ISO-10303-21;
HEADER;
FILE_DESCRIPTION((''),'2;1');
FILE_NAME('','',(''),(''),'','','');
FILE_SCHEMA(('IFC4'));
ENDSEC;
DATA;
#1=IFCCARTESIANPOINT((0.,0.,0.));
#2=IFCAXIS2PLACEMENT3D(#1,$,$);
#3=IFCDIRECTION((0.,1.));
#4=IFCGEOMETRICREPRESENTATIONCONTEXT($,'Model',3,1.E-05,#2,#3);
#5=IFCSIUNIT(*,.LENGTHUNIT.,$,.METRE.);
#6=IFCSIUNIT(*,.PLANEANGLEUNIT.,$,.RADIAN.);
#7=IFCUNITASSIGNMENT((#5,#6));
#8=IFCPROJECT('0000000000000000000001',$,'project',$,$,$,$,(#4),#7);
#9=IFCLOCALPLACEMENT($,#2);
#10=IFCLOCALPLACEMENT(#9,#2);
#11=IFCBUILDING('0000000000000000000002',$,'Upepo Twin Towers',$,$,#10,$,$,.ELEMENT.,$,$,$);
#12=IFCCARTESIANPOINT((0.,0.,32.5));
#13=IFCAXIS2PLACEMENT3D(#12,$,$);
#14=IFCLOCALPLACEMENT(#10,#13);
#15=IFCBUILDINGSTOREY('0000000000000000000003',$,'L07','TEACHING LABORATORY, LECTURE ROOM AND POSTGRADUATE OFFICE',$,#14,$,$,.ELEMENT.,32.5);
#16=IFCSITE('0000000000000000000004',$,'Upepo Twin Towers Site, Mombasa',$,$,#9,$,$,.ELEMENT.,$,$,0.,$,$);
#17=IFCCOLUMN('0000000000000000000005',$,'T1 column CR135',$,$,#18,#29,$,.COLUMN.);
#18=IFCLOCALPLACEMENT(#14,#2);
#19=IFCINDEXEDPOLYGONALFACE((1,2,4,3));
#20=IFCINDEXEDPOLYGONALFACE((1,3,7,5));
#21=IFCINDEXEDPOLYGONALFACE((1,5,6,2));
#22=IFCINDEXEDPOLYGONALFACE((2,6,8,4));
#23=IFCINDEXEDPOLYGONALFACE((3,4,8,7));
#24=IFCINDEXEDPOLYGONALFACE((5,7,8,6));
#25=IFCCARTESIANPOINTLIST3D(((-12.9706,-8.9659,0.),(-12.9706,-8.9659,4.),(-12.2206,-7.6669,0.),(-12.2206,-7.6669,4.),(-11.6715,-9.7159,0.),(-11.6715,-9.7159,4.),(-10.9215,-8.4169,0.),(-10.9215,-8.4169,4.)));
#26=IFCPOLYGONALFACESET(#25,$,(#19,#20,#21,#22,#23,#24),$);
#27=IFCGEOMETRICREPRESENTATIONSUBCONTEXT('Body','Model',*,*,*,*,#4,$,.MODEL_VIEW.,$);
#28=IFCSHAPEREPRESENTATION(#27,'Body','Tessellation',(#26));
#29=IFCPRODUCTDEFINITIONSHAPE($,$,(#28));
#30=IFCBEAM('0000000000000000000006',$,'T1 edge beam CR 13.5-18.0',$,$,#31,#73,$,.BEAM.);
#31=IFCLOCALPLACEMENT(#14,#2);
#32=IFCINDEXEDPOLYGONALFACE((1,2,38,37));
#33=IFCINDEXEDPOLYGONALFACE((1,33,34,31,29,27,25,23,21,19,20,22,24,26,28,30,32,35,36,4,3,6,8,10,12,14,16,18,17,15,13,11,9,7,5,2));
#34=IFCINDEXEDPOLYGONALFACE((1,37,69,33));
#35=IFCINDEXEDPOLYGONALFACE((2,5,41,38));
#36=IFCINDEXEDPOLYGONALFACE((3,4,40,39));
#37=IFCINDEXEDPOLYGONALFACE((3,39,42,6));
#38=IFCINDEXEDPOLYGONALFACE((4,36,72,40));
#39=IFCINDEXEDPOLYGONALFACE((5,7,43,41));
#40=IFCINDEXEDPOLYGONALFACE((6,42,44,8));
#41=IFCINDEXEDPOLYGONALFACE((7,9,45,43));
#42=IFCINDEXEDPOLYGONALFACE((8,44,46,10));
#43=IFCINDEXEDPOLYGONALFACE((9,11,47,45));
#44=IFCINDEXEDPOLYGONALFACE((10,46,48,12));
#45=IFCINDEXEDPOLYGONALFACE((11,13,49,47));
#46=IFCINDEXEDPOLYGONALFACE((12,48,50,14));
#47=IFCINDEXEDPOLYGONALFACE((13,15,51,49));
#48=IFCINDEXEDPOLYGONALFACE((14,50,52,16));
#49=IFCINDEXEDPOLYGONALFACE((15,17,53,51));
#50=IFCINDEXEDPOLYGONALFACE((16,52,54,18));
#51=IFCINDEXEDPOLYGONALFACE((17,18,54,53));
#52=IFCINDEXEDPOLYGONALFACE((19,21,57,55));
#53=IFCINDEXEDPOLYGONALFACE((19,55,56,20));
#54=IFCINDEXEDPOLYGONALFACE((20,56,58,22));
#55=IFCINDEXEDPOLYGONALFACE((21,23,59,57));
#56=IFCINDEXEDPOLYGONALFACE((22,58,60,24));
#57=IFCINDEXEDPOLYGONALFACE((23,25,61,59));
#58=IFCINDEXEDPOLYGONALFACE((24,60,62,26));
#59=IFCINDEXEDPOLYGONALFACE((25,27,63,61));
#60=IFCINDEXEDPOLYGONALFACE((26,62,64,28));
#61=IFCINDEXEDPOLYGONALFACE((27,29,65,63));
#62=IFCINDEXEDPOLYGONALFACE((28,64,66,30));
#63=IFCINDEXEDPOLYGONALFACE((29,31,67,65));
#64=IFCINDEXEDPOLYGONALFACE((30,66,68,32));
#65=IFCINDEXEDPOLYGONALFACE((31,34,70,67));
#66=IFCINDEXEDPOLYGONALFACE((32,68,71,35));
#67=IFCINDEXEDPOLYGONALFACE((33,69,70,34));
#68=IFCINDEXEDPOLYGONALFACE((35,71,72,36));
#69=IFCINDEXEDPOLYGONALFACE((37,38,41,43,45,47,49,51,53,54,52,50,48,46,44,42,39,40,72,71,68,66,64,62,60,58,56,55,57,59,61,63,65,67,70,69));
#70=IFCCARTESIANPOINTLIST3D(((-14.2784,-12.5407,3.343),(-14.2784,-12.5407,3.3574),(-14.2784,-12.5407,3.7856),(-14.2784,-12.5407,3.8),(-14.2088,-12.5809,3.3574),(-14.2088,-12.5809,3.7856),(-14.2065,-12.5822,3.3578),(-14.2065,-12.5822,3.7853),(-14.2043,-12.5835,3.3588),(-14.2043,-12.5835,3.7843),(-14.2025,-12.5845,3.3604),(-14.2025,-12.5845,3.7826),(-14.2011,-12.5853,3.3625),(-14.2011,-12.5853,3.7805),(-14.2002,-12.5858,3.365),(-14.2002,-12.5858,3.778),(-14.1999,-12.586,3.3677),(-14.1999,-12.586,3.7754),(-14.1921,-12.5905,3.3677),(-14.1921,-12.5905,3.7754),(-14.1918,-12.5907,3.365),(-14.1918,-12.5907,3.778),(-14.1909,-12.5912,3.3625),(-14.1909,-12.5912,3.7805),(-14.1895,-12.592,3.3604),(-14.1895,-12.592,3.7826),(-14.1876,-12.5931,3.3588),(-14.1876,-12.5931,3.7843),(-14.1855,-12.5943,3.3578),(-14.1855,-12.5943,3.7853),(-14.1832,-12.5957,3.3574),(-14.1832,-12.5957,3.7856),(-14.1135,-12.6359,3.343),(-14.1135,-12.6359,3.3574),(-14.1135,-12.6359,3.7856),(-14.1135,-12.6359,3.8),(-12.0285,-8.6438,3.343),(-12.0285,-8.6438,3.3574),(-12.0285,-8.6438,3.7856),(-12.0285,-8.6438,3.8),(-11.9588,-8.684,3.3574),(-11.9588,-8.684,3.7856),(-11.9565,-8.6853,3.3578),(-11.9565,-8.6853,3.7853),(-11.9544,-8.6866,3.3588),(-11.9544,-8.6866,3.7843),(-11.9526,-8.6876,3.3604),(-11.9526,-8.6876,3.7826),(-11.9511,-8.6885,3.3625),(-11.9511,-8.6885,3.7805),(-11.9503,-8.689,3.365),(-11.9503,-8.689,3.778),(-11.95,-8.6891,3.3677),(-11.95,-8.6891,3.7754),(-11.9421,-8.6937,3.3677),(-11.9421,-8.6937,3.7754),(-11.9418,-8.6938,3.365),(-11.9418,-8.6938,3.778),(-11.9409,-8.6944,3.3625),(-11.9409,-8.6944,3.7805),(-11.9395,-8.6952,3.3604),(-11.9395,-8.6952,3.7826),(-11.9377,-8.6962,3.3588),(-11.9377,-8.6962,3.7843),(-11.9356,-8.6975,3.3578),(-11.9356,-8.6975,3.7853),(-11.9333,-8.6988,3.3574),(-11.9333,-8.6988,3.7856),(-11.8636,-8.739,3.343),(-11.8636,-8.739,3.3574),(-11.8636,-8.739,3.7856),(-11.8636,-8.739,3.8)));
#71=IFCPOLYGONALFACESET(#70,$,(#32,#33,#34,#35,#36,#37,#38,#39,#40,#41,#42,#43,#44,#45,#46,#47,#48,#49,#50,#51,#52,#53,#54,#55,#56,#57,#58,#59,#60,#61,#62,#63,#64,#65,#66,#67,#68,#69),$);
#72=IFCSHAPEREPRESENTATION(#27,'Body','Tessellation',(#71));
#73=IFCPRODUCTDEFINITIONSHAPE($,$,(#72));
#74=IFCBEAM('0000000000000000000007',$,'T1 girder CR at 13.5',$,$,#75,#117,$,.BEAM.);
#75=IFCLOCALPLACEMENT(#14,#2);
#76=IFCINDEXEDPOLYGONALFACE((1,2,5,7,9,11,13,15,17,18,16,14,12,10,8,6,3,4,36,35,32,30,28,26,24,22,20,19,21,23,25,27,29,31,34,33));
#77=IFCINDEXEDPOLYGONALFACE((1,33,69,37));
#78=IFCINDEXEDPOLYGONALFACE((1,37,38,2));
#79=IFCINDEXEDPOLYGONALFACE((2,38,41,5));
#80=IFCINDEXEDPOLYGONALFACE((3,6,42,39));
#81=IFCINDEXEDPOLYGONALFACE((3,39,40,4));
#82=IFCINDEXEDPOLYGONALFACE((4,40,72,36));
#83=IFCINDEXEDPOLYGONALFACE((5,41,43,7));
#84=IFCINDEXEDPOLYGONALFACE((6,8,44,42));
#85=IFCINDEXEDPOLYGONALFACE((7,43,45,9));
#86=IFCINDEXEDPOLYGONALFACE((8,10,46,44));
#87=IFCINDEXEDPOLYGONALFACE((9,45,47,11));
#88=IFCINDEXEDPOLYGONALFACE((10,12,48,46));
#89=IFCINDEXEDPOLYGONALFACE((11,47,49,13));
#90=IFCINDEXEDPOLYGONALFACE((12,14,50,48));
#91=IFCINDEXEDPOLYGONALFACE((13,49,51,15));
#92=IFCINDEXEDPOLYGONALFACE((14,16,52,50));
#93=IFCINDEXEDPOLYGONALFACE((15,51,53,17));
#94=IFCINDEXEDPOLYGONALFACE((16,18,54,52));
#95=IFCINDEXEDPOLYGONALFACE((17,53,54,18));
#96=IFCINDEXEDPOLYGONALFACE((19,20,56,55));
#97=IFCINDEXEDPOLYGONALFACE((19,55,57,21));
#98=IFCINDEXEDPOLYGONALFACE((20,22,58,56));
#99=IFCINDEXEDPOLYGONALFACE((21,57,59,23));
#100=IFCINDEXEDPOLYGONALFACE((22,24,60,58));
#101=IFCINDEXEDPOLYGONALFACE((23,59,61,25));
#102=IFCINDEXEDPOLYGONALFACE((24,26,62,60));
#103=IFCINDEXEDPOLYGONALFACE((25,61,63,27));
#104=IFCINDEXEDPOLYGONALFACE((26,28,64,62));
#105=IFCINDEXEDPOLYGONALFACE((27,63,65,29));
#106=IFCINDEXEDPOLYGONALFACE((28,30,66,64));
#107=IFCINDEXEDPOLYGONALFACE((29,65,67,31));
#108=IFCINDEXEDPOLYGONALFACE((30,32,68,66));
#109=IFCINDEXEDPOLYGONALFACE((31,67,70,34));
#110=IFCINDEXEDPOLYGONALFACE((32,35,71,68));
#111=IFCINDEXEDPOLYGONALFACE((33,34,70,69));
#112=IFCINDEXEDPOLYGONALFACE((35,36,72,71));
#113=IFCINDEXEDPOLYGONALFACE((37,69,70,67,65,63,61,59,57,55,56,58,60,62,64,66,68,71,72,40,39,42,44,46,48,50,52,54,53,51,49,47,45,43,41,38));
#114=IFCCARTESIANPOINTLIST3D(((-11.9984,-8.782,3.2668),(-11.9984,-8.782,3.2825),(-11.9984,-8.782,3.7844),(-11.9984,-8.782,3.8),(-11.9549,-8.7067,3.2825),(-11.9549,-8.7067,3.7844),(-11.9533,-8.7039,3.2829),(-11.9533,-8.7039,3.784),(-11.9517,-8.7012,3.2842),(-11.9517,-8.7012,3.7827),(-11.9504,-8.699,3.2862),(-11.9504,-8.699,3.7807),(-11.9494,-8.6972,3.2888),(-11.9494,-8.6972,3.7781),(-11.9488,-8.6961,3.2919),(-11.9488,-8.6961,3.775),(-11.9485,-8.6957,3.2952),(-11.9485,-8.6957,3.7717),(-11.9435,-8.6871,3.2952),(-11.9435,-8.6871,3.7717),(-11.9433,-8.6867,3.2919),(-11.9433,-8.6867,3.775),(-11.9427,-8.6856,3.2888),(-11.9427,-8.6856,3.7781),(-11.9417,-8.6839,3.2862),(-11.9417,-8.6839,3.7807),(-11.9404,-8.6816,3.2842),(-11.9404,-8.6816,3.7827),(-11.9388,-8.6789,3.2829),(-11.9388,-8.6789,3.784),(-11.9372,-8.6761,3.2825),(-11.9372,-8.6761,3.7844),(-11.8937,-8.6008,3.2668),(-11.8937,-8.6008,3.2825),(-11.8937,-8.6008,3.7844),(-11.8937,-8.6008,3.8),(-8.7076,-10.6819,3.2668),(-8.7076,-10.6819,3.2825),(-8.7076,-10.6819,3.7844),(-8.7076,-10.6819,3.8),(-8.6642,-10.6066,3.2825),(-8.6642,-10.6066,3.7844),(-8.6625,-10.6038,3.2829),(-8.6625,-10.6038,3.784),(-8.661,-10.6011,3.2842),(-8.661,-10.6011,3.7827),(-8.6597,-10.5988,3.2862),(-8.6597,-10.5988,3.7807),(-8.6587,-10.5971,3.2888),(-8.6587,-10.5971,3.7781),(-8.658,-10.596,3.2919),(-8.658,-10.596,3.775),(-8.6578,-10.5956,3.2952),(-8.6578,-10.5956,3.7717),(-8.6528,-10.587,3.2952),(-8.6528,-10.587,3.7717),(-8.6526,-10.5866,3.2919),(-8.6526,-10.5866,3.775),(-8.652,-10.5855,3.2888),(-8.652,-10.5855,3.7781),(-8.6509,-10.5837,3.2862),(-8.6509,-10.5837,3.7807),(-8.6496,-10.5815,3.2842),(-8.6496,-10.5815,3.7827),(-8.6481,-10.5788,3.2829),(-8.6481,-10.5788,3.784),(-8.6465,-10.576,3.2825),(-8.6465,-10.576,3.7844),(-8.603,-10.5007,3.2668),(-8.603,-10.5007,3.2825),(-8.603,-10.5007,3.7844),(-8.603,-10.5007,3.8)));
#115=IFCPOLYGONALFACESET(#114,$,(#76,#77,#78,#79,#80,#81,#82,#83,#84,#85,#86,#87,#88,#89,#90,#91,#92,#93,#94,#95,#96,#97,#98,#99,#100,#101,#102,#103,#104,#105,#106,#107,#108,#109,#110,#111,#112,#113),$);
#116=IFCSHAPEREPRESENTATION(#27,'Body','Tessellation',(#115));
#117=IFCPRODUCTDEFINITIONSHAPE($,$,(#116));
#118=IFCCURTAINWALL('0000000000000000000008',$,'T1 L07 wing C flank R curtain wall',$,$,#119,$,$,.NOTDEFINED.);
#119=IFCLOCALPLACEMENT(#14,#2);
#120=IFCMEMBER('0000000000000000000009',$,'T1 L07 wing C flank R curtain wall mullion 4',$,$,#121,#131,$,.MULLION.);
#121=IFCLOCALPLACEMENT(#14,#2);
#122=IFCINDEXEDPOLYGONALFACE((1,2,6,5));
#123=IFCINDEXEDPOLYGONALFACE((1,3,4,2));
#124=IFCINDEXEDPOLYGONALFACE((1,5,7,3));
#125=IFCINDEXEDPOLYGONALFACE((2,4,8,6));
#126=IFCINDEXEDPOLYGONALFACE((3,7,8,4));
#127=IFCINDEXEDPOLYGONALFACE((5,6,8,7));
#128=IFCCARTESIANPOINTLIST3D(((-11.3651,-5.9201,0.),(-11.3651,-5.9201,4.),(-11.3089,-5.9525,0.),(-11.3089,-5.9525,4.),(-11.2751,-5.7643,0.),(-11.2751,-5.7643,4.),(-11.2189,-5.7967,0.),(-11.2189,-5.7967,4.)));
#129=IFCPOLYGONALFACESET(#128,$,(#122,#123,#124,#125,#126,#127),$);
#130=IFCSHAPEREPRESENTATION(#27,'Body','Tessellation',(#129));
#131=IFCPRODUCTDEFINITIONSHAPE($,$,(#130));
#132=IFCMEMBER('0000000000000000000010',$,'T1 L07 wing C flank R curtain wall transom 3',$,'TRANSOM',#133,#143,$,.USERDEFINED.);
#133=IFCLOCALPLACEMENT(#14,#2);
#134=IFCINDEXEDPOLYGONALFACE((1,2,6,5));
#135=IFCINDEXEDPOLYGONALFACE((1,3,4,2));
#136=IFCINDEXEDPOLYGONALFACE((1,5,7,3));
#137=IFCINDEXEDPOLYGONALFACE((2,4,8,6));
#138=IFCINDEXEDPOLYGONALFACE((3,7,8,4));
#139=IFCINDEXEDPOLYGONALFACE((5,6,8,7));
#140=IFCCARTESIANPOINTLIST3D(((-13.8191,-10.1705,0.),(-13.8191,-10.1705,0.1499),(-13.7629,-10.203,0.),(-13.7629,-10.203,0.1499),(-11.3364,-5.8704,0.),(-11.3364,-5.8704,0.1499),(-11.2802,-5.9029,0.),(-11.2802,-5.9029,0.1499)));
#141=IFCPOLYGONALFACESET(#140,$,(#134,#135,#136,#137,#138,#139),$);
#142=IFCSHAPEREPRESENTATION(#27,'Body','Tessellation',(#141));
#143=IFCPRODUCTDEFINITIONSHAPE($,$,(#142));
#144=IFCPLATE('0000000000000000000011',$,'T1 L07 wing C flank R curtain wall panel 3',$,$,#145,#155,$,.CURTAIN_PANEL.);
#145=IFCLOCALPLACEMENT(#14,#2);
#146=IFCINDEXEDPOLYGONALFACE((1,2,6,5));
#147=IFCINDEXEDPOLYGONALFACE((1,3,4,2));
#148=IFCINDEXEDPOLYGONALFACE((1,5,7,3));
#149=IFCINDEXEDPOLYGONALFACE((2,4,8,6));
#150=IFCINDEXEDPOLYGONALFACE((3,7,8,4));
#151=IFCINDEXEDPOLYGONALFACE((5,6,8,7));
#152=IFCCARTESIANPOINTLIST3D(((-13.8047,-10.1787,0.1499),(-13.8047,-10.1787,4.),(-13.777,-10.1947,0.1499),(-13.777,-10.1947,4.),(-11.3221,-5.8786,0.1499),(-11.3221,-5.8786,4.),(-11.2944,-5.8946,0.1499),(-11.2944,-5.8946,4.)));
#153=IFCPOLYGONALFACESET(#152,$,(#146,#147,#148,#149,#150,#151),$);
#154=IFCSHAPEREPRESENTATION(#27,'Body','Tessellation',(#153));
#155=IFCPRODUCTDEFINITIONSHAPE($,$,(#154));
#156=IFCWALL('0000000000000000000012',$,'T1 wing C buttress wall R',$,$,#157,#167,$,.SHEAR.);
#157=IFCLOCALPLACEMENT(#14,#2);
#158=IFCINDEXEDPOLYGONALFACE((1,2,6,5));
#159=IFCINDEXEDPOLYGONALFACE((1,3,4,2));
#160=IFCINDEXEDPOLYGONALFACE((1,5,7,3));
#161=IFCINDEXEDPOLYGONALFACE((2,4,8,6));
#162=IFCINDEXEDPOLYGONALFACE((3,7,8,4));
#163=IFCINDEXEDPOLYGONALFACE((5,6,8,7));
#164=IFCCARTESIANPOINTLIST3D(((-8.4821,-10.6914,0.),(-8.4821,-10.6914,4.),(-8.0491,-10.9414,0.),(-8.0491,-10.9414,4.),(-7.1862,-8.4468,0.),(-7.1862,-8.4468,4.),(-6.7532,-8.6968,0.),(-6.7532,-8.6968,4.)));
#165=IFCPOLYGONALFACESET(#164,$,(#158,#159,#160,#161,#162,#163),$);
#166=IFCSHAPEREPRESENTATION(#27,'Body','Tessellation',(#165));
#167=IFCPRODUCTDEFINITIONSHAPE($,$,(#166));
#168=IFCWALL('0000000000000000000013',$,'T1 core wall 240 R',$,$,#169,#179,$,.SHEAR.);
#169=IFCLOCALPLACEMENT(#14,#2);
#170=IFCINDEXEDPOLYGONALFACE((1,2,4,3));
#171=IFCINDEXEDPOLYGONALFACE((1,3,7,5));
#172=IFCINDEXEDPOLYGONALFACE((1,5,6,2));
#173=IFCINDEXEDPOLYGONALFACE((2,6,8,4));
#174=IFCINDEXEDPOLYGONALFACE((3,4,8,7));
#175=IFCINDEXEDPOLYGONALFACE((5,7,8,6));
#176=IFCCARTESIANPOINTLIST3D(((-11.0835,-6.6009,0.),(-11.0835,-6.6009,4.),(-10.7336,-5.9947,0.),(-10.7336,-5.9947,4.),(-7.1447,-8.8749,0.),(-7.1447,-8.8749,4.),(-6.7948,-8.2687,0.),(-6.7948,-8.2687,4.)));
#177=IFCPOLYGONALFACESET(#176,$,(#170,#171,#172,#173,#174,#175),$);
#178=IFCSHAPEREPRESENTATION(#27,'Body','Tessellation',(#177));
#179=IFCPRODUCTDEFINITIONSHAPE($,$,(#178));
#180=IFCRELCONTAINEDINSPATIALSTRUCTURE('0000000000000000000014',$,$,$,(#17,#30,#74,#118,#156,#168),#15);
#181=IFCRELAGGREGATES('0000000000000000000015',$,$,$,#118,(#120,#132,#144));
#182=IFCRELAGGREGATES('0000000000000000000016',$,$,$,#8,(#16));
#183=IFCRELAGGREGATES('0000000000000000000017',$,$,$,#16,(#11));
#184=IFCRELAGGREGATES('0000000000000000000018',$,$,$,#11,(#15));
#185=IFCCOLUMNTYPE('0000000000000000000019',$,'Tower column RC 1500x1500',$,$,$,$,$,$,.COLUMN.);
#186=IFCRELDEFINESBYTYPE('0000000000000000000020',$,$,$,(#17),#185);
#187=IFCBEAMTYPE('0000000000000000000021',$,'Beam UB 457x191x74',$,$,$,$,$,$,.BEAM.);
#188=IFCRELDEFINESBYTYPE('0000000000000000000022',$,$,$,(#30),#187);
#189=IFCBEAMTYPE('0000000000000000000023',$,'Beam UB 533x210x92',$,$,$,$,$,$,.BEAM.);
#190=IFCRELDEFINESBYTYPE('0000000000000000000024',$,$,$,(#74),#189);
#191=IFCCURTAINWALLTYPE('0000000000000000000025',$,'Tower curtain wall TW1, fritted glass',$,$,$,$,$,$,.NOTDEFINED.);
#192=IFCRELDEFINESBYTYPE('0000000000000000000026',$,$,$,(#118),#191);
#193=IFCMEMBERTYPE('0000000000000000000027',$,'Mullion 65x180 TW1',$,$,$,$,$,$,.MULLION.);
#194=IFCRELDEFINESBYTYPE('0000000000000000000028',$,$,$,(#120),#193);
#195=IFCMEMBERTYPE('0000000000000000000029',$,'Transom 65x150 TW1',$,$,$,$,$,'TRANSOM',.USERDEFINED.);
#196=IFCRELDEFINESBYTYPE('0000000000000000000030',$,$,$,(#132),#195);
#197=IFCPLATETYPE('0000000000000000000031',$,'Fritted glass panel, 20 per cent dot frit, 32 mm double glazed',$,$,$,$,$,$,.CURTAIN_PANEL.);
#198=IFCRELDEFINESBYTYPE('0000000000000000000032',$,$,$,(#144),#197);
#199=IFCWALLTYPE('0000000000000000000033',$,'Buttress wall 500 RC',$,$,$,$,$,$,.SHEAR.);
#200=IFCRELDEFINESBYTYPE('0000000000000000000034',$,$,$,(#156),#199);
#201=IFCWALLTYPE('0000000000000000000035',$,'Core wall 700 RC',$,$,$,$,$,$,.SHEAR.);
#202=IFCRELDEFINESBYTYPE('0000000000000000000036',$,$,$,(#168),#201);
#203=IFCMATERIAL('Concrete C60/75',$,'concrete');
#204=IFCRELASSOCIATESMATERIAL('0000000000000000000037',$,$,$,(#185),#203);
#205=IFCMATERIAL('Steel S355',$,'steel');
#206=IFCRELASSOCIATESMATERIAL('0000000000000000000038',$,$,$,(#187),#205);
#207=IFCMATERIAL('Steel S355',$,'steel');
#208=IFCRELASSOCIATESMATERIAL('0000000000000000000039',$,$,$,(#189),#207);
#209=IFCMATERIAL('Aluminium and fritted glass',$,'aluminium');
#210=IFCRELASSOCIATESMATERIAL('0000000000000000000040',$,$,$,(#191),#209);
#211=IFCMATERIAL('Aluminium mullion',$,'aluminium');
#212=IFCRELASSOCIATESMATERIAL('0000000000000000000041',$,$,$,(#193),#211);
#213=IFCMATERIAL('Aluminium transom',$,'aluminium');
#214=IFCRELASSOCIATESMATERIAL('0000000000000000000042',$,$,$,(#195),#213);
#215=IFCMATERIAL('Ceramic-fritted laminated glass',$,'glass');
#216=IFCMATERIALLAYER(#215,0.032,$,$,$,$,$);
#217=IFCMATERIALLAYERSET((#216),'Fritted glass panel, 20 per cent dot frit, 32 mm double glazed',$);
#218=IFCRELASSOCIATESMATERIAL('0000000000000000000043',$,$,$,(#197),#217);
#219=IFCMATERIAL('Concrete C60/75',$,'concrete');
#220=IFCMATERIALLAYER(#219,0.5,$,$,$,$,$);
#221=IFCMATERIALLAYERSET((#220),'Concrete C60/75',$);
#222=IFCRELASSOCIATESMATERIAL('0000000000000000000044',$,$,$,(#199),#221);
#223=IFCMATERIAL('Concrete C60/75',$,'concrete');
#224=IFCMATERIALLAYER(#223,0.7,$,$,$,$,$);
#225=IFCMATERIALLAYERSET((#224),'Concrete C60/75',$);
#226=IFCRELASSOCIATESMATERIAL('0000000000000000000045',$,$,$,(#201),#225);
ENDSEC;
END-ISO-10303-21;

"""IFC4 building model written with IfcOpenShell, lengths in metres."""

from ifc_helpers import new_model, si_unit, direction, frame, frame_2d, origin, origin_2d, place, context, subcontext, project, spatial, rectangle, i_section, extrude, material, layer, layer_set, material_profile, profile_set, type_object, element, aggregate, save


model = new_model("IFC4")

# Units and contexts
model_context = context("Model", 3, precision=1e-05, world=origin(), true_north=direction((0.0, 1.0)))
body_context = subcontext(model_context, "Body", "Model", "MODEL_VIEW")
ifc_project = project(units=[si_unit("LENGTHUNIT", "METRE"), si_unit("PLANEANGLEUNIT", "RADIAN")], contexts=[model_context])

# Site, building, storey
site_placement = place(None, origin())
site = spatial("IfcSite", under=ifc_project, at=site_placement, Name="Upepo Twin Towers Site, Mombasa", CompositionType="ELEMENT", RefElevation=0.0)
building_placement = place(site_placement, origin())
building = spatial("IfcBuilding", under=site, at=building_placement, Name="Upepo Twin Towers", CompositionType="ELEMENT")
storey_placement = place(building_placement, frame((0.0, 0.0, 32.5)))
storey = spatial("IfcBuildingStorey", under=building, at=storey_placement, Name="L07", Description="TEACHING LABORATORY, LECTURE ROOM AND POSTGRADUATE OFFICE", CompositionType="ELEMENT", Elevation=32.5)

# Column
ifc_material_1 = material(Name="Concrete C60/75", Category="concrete")
ifc_material_profile_1 = material_profile(ifc_material_1, rectangle(XDim=1.5, YDim=1.5, at=origin_2d()), Name="RC 1500x1500")
ifc_profile_set_1 = profile_set([ifc_material_profile_1], Name="Concrete C60/75")
column_type = type_object("IfcColumnType", Name="Tower column RC 1500x1500", PredefinedType="COLUMN", material=ifc_profile_set_1)
column_placement = place(storey_placement, frame((-11.946, -8.6914, 0.0), z_axis=(0.0, 0.0, 1.0), x_axis=(0.5, 0.866025, 0.0)))
element("IfcColumn", 1, at=column_placement, inside=storey, type_object=column_type, Name="T1 column CR135", PredefinedType="COLUMN", context=body_context, shape_type="SweptSolid", body=[
    extrude(rectangle(XDim=1.5, YDim=1.5, at=origin_2d()), origin(), (0.0, 0.0, 1.0), 4.0),
])

# Beams
ifc_material_2 = material(Name="Steel S355", Category="steel")
ifc_material_profile_2 = material_profile(ifc_material_2, i_section(OverallWidth=0.1904, OverallDepth=0.457, WebThickness=0.009, FlangeThickness=0.0144, FilletRadius=0.0103, at=origin_2d()), Name="UB 457x191x74")
ifc_profile_set_2 = profile_set([ifc_material_profile_2], Name="Steel S355")
beam_type_1 = type_object("IfcBeamType", Name="Beam UB 457x191x74", PredefinedType="BEAM", material=ifc_profile_set_2)
beam_1_placement = place(storey_placement, frame((-11.946, -8.6914, 3.5715), z_axis=(-0.500014, -0.866018, 0.0), x_axis=(0.866018, -0.500014, 0.0)))
element("IfcBeam", 2, at=beam_1_placement, inside=storey, type_object=beam_type_1, Name="T1 edge beam CR 13.5-18.0", PredefinedType="BEAM", context=body_context, shape_type="SweptSolid", body=[
    extrude(i_section(OverallWidth=0.1904, OverallDepth=0.457, WebThickness=0.009, FlangeThickness=0.0144, FilletRadius=0.0103, at=origin_2d()), origin(), (0.0, 0.0, 1.0), 4.4998),
])
ifc_material_3 = material(Name="Steel S355", Category="steel")
ifc_material_profile_3 = material_profile(ifc_material_3, i_section(OverallWidth=0.2092, OverallDepth=0.5332, WebThickness=0.01, FlangeThickness=0.0156, FilletRadius=0.0127, at=origin_2d()), Name="UB 533x210x92")
ifc_profile_set_3 = profile_set([ifc_material_profile_3], Name="Steel S355")
beam_type_2 = type_object("IfcBeamType", Name="Beam UB 533x210x92", PredefinedType="BEAM", material=ifc_profile_set_3)
beam_2_placement = place(storey_placement, frame((-11.946, -8.6914, 3.5334), z_axis=(0.866028, -0.499995, 0.0), x_axis=(0.499995, 0.866028, 0.0)))
element("IfcBeam", 3, at=beam_2_placement, inside=storey, type_object=beam_type_2, Name="T1 girder CR at 13.5", PredefinedType="BEAM", context=body_context, shape_type="SweptSolid", body=[
    extrude(i_section(OverallWidth=0.2092, OverallDepth=0.5332, WebThickness=0.01, FlangeThickness=0.0156, FilletRadius=0.0127, at=origin_2d()), origin(), (0.0, 0.0, 1.0), 3.7998),
])

# Curtain wall, members, plate
ifc_material_4 = material(Name="Aluminium and fritted glass", Category="aluminium")
curtain_wall_type = type_object("IfcCurtainWallType", Name="Tower curtain wall TW1, fritted glass", PredefinedType="NOTDEFINED", material=ifc_material_4)
curtain_wall_placement = place(storey_placement, origin())
curtain_wall = element("IfcCurtainWall", 4, at=curtain_wall_placement, inside=storey, type_object=curtain_wall_type, Name="T1 L07 wing C flank R curtain wall", PredefinedType="NOTDEFINED")
ifc_material_5 = material(Name="Aluminium mullion", Category="aluminium")
ifc_material_profile_4 = material_profile(ifc_material_5, rectangle(XDim=0.0649, YDim=0.1799, at=origin_2d()), Name="MULLION 65x180")
ifc_profile_set_4 = profile_set([ifc_material_profile_4], Name="Aluminium mullion")
member_type_1 = type_object("IfcMemberType", Name="Mullion 65x180 TW1", PredefinedType="MULLION", material=ifc_profile_set_4)
member_1_placement = place(storey_placement, frame((-11.292, -5.8584, 0.0), z_axis=(0.0, 0.0, 1.0), x_axis=(-0.866025, 0.5, 0.0)))
member_1 = element("IfcMember", 5, at=member_1_placement, type_object=member_type_1, Name="T1 L07 wing C flank R curtain wall mullion 4", PredefinedType="MULLION", context=body_context, shape_type="SweptSolid", body=[
    extrude(rectangle(XDim=0.0649, YDim=0.1799, at=origin_2d()), origin(), (0.0, 0.0, 1.0), 4.0),
])
ifc_material_6 = material(Name="Aluminium transom", Category="aluminium")
ifc_material_profile_5 = material_profile(ifc_material_6, rectangle(XDim=0.0649, YDim=0.1499, at=origin_2d()), Name="TRANSOM 65x150")
ifc_profile_set_5 = profile_set([ifc_material_profile_5], Name="Aluminium transom")
member_type_2 = type_object("IfcMemberType", Name="Transom 65x150 TW1", ElementType="TRANSOM", PredefinedType="USERDEFINED", material=ifc_profile_set_5)
member_2_placement = place(storey_placement, frame((-13.791, -10.1868, 0.075), z_axis=(0.500005, 0.866023, 0.0), x_axis=(-0.866023, 0.500005, 0.0)))
member_2 = element("IfcMember", 6, at=member_2_placement, type_object=member_type_2, Name="T1 L07 wing C flank R curtain wall transom 3", ObjectType="TRANSOM", PredefinedType="USERDEFINED", context=body_context, shape_type="SweptSolid", body=[
    extrude(rectangle(XDim=0.0649, YDim=0.1499, at=origin_2d()), origin(), (0.0, 0.0, 1.0), 4.9653),
])
ifc_material_7 = material(Name="Ceramic-fritted laminated glass", Category="glass")
ifc_layer_1 = layer(ifc_material_7, 0.032)
ifc_layer_set_1 = layer_set([ifc_layer_1], Name="Fritted glass panel, 20 per cent dot frit, 32 mm double glazed")
plate_type = type_object("IfcPlateType", Name="Fritted glass panel, 20 per cent dot frit, 32 mm double glazed", PredefinedType="CURTAIN_PANEL", material=ifc_layer_set_1)
plate_placement = place(storey_placement, frame((-12.5496, -8.0366, 0.1499), z_axis=(0.0, 0.0, 1.0), x_axis=(0.5, 0.866025, 0.0)))
plate = element("IfcPlate", 7, at=plate_placement, type_object=plate_type, Name="T1 L07 wing C flank R curtain wall panel 3", PredefinedType="CURTAIN_PANEL", context=body_context, shape_type="SweptSolid", body=[
    extrude(rectangle(XDim=4.9653, YDim=0.032, at=origin_2d()), origin(), (0.0, 0.0, 1.0), 3.8501),
])
aggregate(curtain_wall, [member_1, member_2, plate])

# Walls
ifc_material_8 = material(Name="Concrete C60/75", Category="concrete")
ifc_layer_2 = layer(ifc_material_8, 0.5)
ifc_layer_set_2 = layer_set([ifc_layer_2], Name="Concrete C60/75")
wall_type_1 = type_object("IfcWallType", Name="Buttress wall 500 RC", PredefinedType="SHEAR", material=ifc_layer_set_2)
wall_1_placement = place(storey_placement, frame((-6.9697, -8.5718, 0.0), z_axis=(0.0, 0.0, 1.0), x_axis=(-0.499989, -0.866032, 0.0)))
element("IfcWall", 8, at=wall_1_placement, inside=storey, type_object=wall_type_1, Name="T1 wing C buttress wall R", PredefinedType="SHEAR", context=body_context, shape_type="SweptSolid", body=[
    extrude(rectangle(XDim=2.5918, YDim=0.5, at=frame_2d((1.2959, 0.0))), origin(), (0.0, 0.0, 1.0), 4.0),
])
ifc_material_9 = material(Name="Concrete C60/75", Category="concrete")
ifc_layer_3 = layer(ifc_material_9, 0.7)
ifc_layer_set_3 = layer_set([ifc_layer_3], Name="Concrete C60/75")
wall_type_2 = type_object("IfcWallType", Name="Core wall 700 RC", PredefinedType="SHEAR", material=ifc_layer_set_3)
wall_2_placement = place(storey_placement, frame((-10.9084, -6.2979, 0.0), z_axis=(0.0, 0.0, 1.0), x_axis=(0.866035, -0.499984, 0.0)))
element("IfcWall", 9, at=wall_2_placement, inside=storey, type_object=wall_type_2, Name="T1 core wall 240 R", PredefinedType="SHEAR", context=body_context, shape_type="SweptSolid", body=[
    extrude(rectangle(XDim=4.5481, YDim=0.7, at=frame_2d((2.2739, 0.0))), origin(), (0.0, 0.0, 1.0), 4.0),
])

save(model, "model.ifc")
